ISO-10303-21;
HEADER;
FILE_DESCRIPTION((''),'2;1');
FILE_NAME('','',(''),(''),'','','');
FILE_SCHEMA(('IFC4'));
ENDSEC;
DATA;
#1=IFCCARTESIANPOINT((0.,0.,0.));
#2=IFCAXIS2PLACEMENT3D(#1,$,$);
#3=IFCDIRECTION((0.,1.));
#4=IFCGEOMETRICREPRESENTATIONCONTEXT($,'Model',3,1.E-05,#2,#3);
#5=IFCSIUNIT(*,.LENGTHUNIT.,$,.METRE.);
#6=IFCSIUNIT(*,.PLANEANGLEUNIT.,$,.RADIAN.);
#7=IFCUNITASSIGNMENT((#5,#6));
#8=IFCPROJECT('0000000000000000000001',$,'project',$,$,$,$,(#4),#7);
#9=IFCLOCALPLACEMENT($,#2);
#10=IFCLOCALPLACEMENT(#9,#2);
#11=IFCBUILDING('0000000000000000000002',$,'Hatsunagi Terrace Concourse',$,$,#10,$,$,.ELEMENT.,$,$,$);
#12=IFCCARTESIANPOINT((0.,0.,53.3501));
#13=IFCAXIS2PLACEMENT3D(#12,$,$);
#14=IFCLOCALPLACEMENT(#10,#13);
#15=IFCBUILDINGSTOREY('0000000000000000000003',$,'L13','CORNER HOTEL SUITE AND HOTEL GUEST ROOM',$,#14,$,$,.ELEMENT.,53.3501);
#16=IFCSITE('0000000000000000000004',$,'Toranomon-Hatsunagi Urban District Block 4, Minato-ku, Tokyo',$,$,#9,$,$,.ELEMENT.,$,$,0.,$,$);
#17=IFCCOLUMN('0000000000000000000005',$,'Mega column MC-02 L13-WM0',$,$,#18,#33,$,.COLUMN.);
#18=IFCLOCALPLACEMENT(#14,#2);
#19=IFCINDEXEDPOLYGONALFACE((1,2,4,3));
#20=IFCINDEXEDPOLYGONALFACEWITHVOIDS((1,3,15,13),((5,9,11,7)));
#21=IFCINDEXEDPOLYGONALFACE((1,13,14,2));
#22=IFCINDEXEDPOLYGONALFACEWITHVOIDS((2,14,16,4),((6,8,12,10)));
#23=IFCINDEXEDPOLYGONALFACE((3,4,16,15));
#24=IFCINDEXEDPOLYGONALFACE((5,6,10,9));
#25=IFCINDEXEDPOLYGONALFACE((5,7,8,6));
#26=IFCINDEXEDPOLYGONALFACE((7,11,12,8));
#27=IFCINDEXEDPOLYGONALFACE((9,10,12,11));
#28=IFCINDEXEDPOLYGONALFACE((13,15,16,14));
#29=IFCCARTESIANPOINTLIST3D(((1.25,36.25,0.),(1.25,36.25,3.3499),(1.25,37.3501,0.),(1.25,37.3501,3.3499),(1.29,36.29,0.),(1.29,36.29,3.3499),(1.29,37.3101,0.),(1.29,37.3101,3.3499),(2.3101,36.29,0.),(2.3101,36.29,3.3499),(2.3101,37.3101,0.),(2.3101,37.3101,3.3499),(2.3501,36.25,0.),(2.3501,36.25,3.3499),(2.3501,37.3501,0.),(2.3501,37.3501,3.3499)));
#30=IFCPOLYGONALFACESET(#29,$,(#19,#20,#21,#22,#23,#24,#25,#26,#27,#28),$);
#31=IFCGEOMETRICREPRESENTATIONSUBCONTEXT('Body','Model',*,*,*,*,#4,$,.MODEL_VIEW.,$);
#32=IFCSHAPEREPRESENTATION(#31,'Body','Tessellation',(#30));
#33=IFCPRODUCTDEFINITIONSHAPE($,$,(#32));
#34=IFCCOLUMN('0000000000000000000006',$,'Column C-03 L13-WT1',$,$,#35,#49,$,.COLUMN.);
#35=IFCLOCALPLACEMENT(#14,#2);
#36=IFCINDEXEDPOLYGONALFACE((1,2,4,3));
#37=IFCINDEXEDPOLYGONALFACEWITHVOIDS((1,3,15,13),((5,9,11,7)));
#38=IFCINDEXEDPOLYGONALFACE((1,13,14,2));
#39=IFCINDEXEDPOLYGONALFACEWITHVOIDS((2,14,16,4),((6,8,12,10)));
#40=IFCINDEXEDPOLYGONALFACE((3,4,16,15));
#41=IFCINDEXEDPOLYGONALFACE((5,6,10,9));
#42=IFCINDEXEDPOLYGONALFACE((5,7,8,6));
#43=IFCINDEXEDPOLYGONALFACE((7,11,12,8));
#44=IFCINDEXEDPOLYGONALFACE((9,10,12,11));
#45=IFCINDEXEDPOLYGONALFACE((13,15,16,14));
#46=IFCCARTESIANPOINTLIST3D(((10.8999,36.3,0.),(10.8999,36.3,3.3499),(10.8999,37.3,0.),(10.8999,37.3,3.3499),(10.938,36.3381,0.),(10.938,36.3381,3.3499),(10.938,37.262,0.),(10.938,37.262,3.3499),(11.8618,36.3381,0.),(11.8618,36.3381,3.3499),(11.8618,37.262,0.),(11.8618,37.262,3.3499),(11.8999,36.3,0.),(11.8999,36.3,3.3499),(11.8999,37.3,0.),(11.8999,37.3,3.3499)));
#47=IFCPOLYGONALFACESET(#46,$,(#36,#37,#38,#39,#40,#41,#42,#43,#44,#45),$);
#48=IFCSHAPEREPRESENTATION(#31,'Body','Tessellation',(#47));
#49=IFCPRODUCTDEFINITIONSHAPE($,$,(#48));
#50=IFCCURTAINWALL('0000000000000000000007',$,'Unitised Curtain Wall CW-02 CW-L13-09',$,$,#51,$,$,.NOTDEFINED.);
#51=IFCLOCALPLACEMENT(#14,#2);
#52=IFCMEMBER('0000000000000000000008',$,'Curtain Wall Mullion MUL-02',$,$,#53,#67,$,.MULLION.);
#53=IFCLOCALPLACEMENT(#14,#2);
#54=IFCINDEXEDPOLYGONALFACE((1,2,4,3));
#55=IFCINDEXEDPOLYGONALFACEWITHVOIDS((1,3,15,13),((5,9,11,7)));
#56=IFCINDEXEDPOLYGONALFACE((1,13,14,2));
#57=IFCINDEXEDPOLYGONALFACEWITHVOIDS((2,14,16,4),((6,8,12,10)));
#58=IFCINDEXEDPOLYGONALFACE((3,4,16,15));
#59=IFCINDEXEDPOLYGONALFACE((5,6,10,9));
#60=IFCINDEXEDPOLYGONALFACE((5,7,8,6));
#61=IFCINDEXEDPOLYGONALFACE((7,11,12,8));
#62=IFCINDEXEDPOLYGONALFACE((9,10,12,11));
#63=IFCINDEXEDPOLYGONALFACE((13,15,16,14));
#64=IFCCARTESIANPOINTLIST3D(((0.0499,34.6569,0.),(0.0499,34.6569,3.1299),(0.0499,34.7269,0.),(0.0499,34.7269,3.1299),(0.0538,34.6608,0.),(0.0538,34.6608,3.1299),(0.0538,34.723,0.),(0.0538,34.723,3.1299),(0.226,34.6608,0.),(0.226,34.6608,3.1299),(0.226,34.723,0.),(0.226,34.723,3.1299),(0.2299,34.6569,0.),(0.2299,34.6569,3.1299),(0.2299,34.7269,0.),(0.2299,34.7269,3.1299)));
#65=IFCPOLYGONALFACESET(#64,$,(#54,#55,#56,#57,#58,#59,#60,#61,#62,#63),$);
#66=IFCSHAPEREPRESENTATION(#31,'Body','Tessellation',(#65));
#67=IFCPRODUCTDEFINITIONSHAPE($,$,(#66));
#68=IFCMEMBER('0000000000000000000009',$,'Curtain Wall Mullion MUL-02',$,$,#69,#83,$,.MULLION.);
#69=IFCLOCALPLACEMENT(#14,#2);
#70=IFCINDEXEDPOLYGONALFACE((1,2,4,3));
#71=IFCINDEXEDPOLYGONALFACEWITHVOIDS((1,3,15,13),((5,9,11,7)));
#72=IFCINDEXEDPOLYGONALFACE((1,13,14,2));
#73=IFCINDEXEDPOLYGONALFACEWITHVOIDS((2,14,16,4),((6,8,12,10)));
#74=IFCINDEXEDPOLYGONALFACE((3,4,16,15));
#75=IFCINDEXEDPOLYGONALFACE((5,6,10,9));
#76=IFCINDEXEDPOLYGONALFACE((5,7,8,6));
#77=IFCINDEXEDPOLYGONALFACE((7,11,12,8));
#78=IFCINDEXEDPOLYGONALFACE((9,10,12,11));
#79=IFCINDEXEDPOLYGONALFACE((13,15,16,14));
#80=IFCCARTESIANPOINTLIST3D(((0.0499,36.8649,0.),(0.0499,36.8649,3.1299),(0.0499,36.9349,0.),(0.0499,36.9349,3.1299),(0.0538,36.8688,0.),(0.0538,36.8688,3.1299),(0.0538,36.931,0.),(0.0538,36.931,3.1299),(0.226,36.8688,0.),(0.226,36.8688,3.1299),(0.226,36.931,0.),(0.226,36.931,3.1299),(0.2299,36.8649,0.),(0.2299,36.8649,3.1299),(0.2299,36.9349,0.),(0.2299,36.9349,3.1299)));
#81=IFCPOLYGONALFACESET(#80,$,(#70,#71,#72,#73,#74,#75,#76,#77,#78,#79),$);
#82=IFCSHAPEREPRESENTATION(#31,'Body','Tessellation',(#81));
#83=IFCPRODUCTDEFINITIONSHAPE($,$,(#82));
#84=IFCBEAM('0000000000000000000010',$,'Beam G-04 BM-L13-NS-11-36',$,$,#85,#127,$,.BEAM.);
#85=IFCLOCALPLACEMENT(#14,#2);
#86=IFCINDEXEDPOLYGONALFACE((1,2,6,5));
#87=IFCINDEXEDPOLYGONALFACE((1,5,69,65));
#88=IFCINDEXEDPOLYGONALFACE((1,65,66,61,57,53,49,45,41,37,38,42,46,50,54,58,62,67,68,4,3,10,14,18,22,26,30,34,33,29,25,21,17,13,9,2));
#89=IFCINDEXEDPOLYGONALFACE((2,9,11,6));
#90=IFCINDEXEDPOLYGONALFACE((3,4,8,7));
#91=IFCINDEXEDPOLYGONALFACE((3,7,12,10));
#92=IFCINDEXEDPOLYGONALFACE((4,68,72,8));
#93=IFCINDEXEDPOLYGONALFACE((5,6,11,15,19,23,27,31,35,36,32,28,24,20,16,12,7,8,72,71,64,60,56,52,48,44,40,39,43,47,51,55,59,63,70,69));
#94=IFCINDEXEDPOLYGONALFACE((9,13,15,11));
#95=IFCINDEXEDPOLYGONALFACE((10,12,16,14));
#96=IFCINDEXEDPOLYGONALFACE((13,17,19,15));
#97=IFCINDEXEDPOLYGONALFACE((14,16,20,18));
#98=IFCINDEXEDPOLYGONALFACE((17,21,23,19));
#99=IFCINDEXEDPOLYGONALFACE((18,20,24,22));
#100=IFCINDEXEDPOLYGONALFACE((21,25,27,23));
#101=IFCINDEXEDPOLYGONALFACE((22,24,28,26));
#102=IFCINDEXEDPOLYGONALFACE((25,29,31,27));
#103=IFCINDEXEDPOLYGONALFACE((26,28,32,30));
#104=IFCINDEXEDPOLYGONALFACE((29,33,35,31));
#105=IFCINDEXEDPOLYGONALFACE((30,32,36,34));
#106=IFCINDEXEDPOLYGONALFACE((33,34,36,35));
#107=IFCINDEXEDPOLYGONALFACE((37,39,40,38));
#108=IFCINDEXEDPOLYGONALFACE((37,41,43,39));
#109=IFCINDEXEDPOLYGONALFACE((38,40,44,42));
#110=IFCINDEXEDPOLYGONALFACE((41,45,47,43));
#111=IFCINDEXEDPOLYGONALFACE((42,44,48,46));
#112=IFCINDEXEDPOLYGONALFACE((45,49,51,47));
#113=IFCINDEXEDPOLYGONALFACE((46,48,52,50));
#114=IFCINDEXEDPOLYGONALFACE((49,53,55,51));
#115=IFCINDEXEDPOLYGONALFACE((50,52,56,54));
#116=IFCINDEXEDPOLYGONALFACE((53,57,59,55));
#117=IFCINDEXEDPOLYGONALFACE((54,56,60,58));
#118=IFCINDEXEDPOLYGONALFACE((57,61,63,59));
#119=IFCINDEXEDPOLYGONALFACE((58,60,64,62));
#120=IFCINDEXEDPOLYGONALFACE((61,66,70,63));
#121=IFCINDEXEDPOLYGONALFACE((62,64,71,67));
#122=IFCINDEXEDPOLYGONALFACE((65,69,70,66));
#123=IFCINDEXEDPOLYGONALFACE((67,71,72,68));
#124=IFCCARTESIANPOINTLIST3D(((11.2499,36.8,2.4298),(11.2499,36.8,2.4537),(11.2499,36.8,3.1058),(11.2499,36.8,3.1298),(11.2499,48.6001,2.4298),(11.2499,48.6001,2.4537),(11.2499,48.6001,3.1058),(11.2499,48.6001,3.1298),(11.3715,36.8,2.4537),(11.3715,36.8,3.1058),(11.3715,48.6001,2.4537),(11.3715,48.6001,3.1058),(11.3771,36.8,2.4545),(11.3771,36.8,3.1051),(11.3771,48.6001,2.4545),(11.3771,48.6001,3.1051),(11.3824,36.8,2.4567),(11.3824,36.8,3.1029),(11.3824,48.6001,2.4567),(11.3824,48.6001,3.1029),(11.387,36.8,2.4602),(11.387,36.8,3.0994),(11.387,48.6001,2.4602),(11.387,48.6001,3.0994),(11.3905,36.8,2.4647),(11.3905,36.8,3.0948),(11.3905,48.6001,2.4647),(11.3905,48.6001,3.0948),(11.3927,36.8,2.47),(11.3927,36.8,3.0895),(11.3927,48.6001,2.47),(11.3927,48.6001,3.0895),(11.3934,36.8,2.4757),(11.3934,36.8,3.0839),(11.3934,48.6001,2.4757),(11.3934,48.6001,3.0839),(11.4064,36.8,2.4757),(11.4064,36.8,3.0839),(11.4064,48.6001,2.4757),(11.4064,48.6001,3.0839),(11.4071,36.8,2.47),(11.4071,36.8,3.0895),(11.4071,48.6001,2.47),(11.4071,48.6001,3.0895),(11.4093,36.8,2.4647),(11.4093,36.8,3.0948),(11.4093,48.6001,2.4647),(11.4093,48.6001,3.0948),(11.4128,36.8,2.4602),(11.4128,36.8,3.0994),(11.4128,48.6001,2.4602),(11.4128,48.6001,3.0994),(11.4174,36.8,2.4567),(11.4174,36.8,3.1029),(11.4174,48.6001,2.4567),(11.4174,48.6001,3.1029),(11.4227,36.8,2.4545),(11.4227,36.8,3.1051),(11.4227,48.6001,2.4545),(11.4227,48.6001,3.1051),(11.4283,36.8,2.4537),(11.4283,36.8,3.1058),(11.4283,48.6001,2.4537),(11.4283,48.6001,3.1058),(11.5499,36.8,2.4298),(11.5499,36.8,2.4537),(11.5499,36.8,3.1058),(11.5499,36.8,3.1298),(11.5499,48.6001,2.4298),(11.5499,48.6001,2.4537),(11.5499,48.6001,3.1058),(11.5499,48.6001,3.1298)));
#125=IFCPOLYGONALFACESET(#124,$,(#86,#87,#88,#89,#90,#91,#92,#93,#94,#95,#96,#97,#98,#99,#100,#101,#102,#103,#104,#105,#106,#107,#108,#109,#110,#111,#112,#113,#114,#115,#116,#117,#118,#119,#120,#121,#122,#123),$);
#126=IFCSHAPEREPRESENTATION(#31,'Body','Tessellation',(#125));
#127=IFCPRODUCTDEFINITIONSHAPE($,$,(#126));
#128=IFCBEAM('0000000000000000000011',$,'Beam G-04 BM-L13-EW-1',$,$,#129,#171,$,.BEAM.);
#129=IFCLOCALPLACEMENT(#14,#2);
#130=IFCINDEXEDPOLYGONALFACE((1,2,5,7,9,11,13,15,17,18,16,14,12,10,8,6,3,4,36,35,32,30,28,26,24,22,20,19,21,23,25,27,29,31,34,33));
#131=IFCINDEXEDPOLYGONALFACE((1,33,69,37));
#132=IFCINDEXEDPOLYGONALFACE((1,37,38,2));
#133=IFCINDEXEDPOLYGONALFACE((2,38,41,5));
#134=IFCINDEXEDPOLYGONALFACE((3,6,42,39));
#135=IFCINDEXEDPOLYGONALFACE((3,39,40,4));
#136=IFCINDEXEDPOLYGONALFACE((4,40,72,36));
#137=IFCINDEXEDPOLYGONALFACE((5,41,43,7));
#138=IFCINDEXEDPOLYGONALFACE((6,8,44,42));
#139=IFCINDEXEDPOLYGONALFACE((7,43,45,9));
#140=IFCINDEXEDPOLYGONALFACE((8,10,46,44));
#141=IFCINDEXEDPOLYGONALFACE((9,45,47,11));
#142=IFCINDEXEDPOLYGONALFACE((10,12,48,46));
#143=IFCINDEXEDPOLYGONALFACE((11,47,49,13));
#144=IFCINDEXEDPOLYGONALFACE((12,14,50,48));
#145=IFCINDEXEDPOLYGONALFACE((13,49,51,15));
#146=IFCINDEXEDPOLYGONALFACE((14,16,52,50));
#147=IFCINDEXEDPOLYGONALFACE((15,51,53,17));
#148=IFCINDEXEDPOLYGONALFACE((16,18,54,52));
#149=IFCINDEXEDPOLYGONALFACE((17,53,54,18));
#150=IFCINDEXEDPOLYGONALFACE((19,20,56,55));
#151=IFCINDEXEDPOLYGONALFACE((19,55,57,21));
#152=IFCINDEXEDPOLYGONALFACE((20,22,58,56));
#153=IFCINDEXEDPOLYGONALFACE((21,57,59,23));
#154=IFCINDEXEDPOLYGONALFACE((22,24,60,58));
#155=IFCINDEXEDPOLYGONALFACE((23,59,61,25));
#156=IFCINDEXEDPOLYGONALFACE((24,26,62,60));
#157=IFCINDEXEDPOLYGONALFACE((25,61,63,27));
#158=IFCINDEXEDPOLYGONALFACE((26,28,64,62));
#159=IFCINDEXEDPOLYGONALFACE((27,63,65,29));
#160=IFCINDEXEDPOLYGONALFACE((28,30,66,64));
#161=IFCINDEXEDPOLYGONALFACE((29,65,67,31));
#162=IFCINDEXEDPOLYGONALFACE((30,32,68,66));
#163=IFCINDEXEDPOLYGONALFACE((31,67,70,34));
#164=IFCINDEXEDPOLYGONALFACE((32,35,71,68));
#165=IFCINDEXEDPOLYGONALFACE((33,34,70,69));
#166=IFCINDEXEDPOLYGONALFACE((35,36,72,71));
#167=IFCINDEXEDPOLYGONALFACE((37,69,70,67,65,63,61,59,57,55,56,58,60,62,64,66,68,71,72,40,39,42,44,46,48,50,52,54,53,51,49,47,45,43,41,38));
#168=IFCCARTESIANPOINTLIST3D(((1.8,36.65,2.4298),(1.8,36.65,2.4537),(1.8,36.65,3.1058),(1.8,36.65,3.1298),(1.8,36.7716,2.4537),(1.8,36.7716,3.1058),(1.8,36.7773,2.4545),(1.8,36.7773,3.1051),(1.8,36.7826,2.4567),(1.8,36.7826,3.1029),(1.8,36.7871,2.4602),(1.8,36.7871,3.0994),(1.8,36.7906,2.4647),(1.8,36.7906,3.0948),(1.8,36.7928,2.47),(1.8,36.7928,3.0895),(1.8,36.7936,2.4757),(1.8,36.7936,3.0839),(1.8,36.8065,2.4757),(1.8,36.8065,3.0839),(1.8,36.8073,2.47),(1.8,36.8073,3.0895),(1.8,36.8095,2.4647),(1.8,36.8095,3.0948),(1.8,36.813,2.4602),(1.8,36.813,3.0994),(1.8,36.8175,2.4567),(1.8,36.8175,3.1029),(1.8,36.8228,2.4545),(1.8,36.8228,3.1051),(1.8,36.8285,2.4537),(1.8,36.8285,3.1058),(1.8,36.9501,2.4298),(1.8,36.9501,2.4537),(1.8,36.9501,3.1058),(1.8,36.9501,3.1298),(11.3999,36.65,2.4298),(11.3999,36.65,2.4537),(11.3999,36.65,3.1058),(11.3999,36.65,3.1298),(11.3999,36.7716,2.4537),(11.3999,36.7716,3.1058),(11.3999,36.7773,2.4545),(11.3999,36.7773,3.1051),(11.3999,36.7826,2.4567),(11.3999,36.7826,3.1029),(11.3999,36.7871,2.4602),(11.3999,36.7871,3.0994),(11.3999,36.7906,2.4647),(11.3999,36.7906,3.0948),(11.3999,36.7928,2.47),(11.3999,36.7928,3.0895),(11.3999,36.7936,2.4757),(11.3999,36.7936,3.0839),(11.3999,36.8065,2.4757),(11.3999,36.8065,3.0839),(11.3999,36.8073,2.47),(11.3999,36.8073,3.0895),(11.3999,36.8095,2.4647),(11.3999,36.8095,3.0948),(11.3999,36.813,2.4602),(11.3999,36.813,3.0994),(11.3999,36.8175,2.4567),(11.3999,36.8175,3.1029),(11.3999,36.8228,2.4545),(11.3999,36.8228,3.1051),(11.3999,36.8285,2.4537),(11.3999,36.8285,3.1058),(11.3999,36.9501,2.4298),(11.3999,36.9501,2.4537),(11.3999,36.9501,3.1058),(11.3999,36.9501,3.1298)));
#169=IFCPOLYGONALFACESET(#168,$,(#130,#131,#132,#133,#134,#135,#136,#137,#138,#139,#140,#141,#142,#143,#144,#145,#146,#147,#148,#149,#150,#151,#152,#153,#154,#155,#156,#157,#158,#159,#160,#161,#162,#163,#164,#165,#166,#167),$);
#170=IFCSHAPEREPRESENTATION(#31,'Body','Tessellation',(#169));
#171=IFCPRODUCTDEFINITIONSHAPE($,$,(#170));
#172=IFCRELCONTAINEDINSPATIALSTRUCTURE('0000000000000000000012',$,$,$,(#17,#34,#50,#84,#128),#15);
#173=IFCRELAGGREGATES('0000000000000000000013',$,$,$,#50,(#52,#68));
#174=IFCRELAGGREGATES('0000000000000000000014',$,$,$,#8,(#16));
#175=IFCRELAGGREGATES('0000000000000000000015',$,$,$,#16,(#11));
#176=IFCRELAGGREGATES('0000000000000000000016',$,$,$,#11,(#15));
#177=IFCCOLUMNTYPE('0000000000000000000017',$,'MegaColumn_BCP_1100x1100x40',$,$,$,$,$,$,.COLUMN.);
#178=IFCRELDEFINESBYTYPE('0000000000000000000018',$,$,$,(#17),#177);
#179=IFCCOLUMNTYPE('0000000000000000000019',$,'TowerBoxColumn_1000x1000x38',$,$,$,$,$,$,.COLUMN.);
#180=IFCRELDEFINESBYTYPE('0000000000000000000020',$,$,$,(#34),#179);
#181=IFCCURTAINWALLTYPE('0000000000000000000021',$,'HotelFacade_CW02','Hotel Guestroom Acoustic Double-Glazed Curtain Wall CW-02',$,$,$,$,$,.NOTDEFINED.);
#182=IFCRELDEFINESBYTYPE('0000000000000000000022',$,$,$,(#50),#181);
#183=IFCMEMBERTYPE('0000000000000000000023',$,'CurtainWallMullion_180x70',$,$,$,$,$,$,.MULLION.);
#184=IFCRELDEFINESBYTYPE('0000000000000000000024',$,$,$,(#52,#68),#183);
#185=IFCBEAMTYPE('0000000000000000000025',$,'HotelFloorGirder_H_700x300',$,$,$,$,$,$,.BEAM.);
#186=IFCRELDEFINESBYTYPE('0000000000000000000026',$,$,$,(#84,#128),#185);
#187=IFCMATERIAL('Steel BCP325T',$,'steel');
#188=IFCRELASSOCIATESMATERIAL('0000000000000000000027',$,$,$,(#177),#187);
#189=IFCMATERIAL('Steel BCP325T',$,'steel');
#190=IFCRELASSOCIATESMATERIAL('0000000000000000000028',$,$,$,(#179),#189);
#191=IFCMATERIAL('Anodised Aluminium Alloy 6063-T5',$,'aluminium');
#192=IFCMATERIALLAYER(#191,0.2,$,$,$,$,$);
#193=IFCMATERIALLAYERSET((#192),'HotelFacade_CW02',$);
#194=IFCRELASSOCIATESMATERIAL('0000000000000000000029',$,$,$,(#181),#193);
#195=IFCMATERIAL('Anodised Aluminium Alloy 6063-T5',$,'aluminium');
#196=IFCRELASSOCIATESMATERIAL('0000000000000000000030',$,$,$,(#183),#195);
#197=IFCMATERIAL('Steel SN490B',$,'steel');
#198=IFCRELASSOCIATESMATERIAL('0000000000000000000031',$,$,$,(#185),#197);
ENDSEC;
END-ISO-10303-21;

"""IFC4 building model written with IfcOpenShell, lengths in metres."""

from ifc_helpers import new_model, si_unit, direction, frame, origin, origin_2d, place, context, subcontext, project, spatial, hollow_rectangle, i_section, extrude, material, layer, layer_set, material_profile, profile_set, type_object, element, aggregate, save


model = new_model("IFC4")

# Units and contexts
model_context = context("Model", 3, precision=1e-05, world=origin(), true_north=direction((0.0, 1.0)))
body_context = subcontext(model_context, "Body", "Model", "MODEL_VIEW")
ifc_project = project(units=[si_unit("LENGTHUNIT", "METRE"), si_unit("PLANEANGLEUNIT", "RADIAN")], contexts=[model_context])

# Site, building, storey
site_placement = place(None, origin())
site = spatial("IfcSite", under=ifc_project, at=site_placement, Name="Toranomon-Hatsunagi Urban District Block 4, Minato-ku, Tokyo", CompositionType="ELEMENT", RefElevation=0.0)
building_placement = place(site_placement, origin())
building = spatial("IfcBuilding", under=site, at=building_placement, Name="Hatsunagi Terrace Concourse", CompositionType="ELEMENT")
storey_placement = place(building_placement, frame((0.0, 0.0, 53.3501)))
storey = spatial("IfcBuildingStorey", under=building, at=storey_placement, Name="L13", Description="CORNER HOTEL SUITE AND HOTEL GUEST ROOM", CompositionType="ELEMENT", Elevation=53.3501)

# Columns
ifc_material_1 = material(Name="Steel BCP325T", Category="steel")
ifc_material_profile_1 = material_profile(ifc_material_1, hollow_rectangle(XDim=1.1001, YDim=1.1001, WallThickness=0.04, at=origin_2d()), Name="BCP-1100x1100x40")
ifc_profile_set_1 = profile_set([ifc_material_profile_1], Name="Steel BCP325T")
column_type_1 = type_object("IfcColumnType", Name="MegaColumn_BCP_1100x1100x40", PredefinedType="COLUMN", material=ifc_profile_set_1)
column_1_placement = place(storey_placement, frame((1.8, 36.8, 0.0), z_axis=(0.0, 0.0, 1.0), x_axis=(1.0, 0.0, 0.0)))
element("IfcColumn", 1, at=column_1_placement, inside=storey, type_object=column_type_1, Name="Mega column MC-02 L13-WM0", PredefinedType="COLUMN", context=body_context, shape_type="SweptSolid", body=[
    extrude(hollow_rectangle(XDim=1.1001, YDim=1.1001, WallThickness=0.04, at=origin_2d()), origin(), (0.0, 0.0, 1.0), 3.3499),
])
ifc_material_2 = material(Name="Steel BCP325T", Category="steel")
ifc_material_profile_2 = material_profile(ifc_material_2, hollow_rectangle(XDim=1.0, YDim=1.0, WallThickness=0.0381, at=origin_2d()), Name="BCP-1000x1000x38")
ifc_profile_set_2 = profile_set([ifc_material_profile_2], Name="Steel BCP325T")
column_type_2 = type_object("IfcColumnType", Name="TowerBoxColumn_1000x1000x38", PredefinedType="COLUMN", material=ifc_profile_set_2)
column_2_placement = place(storey_placement, frame((11.3999, 36.8, 0.0), z_axis=(0.0, 0.0, 1.0), x_axis=(1.0, 0.0, 0.0)))
element("IfcColumn", 2, at=column_2_placement, inside=storey, type_object=column_type_2, Name="Column C-03 L13-WT1", PredefinedType="COLUMN", context=body_context, shape_type="SweptSolid", body=[
    extrude(hollow_rectangle(XDim=1.0, YDim=1.0, WallThickness=0.0381, at=origin_2d()), origin(), (0.0, 0.0, 1.0), 3.3499),
])

# Curtain wall, members
ifc_material_3 = material(Name="Anodised Aluminium Alloy 6063-T5", Category="aluminium")
ifc_layer_1 = layer(ifc_material_3, 0.2)
ifc_layer_set_1 = layer_set([ifc_layer_1], Name="HotelFacade_CW02")
curtain_wall_type = type_object("IfcCurtainWallType", Name="HotelFacade_CW02", Description="Hotel Guestroom Acoustic Double-Glazed Curtain Wall CW-02", PredefinedType="NOTDEFINED", material=ifc_layer_set_1)
curtain_wall_placement = place(storey_placement, origin())
curtain_wall = element("IfcCurtainWall", 3, at=curtain_wall_placement, inside=storey, type_object=curtain_wall_type, Name="Unitised Curtain Wall CW-02 CW-L13-09", PredefinedType="NOTDEFINED")
ifc_material_4 = material(Name="Anodised Aluminium Alloy 6063-T5", Category="aluminium")
ifc_material_profile_3 = material_profile(ifc_material_4, hollow_rectangle(XDim=0.0701, YDim=0.1799, WallThickness=0.0039, at=origin_2d()), Name="ALU-MUL-180x70x4")
ifc_profile_set_3 = profile_set([ifc_material_profile_3], Name="Anodised Aluminium Alloy 6063-T5")
member_type = type_object("IfcMemberType", Name="CurtainWallMullion_180x70", PredefinedType="MULLION", material=ifc_profile_set_3)
member_1_placement = place(storey_placement, frame((0.1399, 34.6919, 0.0), z_axis=(0.0, 0.0, 1.0), x_axis=(0.0, 1.0, 0.0)))
member_1 = element("IfcMember", 4, at=member_1_placement, type_object=member_type, Name="Curtain Wall Mullion MUL-02", PredefinedType="MULLION", context=body_context, shape_type="SweptSolid", body=[
    extrude(hollow_rectangle(XDim=0.0701, YDim=0.1799, WallThickness=0.0039, at=origin_2d()), origin(), (0.0, 0.0, 1.0), 3.1299),
])
member_2_placement = place(storey_placement, frame((0.1399, 36.8999, 0.0), z_axis=(0.0, 0.0, 1.0), x_axis=(0.0, 1.0, 0.0)))
member_2 = element("IfcMember", 5, at=member_2_placement, type_object=member_type, Name="Curtain Wall Mullion MUL-02", PredefinedType="MULLION", context=body_context, shape_type="SweptSolid", body=[
    extrude(hollow_rectangle(XDim=0.0701, YDim=0.1799, WallThickness=0.0039, at=origin_2d()), origin(), (0.0, 0.0, 1.0), 3.1299),
])

# Beams
ifc_material_5 = material(Name="Steel SN490B", Category="steel")
ifc_material_profile_4 = material_profile(ifc_material_5, i_section(OverallWidth=0.3, OverallDepth=0.7, WebThickness=0.0129, FlangeThickness=0.0239, FilletRadius=0.022, at=origin_2d()), Name="H-700x300x13x24")
ifc_profile_set_4 = profile_set([ifc_material_profile_4], Name="Steel SN490B")
beam_type_1 = type_object("IfcBeamType", Name="HotelFloorGirder_H_700x300", PredefinedType="BEAM", material=ifc_profile_set_4)
beam_1_placement = place(storey_placement, frame((11.3999, 36.8, 2.7798), z_axis=(0.0, 1.0, 0.0), x_axis=(-1.0, 0.0, 0.0)))
element("IfcBeam", 6, at=beam_1_placement, inside=storey, type_object=beam_type_1, Name="Beam G-04 BM-L13-NS-11-36", PredefinedType="BEAM", context=body_context, shape_type="SweptSolid", body=[
    extrude(i_section(OverallWidth=0.3, OverallDepth=0.7, WebThickness=0.0129, FlangeThickness=0.0239, FilletRadius=0.022, at=origin_2d()), origin(), (0.0, 0.0, 1.0), 11.8),
])
beam_2_placement = place(storey_placement, frame((1.8, 36.8, 2.7798), z_axis=(1.0, 0.0, 0.0), x_axis=(0.0, 1.0, 0.0)))
element("IfcBeam", 7, at=beam_2_placement, inside=storey, type_object=beam_type_1, Name="Beam G-04 BM-L13-EW-1", PredefinedType="BEAM", context=body_context, shape_type="SweptSolid", body=[
    extrude(i_section(OverallWidth=0.3, OverallDepth=0.7, WebThickness=0.0129, FlangeThickness=0.0239, FilletRadius=0.022, at=origin_2d()), origin(), (0.0, 0.0, 1.0), 9.5999),
])

aggregate(curtain_wall, [member_1, member_2])

save(model, "model.ifc")
